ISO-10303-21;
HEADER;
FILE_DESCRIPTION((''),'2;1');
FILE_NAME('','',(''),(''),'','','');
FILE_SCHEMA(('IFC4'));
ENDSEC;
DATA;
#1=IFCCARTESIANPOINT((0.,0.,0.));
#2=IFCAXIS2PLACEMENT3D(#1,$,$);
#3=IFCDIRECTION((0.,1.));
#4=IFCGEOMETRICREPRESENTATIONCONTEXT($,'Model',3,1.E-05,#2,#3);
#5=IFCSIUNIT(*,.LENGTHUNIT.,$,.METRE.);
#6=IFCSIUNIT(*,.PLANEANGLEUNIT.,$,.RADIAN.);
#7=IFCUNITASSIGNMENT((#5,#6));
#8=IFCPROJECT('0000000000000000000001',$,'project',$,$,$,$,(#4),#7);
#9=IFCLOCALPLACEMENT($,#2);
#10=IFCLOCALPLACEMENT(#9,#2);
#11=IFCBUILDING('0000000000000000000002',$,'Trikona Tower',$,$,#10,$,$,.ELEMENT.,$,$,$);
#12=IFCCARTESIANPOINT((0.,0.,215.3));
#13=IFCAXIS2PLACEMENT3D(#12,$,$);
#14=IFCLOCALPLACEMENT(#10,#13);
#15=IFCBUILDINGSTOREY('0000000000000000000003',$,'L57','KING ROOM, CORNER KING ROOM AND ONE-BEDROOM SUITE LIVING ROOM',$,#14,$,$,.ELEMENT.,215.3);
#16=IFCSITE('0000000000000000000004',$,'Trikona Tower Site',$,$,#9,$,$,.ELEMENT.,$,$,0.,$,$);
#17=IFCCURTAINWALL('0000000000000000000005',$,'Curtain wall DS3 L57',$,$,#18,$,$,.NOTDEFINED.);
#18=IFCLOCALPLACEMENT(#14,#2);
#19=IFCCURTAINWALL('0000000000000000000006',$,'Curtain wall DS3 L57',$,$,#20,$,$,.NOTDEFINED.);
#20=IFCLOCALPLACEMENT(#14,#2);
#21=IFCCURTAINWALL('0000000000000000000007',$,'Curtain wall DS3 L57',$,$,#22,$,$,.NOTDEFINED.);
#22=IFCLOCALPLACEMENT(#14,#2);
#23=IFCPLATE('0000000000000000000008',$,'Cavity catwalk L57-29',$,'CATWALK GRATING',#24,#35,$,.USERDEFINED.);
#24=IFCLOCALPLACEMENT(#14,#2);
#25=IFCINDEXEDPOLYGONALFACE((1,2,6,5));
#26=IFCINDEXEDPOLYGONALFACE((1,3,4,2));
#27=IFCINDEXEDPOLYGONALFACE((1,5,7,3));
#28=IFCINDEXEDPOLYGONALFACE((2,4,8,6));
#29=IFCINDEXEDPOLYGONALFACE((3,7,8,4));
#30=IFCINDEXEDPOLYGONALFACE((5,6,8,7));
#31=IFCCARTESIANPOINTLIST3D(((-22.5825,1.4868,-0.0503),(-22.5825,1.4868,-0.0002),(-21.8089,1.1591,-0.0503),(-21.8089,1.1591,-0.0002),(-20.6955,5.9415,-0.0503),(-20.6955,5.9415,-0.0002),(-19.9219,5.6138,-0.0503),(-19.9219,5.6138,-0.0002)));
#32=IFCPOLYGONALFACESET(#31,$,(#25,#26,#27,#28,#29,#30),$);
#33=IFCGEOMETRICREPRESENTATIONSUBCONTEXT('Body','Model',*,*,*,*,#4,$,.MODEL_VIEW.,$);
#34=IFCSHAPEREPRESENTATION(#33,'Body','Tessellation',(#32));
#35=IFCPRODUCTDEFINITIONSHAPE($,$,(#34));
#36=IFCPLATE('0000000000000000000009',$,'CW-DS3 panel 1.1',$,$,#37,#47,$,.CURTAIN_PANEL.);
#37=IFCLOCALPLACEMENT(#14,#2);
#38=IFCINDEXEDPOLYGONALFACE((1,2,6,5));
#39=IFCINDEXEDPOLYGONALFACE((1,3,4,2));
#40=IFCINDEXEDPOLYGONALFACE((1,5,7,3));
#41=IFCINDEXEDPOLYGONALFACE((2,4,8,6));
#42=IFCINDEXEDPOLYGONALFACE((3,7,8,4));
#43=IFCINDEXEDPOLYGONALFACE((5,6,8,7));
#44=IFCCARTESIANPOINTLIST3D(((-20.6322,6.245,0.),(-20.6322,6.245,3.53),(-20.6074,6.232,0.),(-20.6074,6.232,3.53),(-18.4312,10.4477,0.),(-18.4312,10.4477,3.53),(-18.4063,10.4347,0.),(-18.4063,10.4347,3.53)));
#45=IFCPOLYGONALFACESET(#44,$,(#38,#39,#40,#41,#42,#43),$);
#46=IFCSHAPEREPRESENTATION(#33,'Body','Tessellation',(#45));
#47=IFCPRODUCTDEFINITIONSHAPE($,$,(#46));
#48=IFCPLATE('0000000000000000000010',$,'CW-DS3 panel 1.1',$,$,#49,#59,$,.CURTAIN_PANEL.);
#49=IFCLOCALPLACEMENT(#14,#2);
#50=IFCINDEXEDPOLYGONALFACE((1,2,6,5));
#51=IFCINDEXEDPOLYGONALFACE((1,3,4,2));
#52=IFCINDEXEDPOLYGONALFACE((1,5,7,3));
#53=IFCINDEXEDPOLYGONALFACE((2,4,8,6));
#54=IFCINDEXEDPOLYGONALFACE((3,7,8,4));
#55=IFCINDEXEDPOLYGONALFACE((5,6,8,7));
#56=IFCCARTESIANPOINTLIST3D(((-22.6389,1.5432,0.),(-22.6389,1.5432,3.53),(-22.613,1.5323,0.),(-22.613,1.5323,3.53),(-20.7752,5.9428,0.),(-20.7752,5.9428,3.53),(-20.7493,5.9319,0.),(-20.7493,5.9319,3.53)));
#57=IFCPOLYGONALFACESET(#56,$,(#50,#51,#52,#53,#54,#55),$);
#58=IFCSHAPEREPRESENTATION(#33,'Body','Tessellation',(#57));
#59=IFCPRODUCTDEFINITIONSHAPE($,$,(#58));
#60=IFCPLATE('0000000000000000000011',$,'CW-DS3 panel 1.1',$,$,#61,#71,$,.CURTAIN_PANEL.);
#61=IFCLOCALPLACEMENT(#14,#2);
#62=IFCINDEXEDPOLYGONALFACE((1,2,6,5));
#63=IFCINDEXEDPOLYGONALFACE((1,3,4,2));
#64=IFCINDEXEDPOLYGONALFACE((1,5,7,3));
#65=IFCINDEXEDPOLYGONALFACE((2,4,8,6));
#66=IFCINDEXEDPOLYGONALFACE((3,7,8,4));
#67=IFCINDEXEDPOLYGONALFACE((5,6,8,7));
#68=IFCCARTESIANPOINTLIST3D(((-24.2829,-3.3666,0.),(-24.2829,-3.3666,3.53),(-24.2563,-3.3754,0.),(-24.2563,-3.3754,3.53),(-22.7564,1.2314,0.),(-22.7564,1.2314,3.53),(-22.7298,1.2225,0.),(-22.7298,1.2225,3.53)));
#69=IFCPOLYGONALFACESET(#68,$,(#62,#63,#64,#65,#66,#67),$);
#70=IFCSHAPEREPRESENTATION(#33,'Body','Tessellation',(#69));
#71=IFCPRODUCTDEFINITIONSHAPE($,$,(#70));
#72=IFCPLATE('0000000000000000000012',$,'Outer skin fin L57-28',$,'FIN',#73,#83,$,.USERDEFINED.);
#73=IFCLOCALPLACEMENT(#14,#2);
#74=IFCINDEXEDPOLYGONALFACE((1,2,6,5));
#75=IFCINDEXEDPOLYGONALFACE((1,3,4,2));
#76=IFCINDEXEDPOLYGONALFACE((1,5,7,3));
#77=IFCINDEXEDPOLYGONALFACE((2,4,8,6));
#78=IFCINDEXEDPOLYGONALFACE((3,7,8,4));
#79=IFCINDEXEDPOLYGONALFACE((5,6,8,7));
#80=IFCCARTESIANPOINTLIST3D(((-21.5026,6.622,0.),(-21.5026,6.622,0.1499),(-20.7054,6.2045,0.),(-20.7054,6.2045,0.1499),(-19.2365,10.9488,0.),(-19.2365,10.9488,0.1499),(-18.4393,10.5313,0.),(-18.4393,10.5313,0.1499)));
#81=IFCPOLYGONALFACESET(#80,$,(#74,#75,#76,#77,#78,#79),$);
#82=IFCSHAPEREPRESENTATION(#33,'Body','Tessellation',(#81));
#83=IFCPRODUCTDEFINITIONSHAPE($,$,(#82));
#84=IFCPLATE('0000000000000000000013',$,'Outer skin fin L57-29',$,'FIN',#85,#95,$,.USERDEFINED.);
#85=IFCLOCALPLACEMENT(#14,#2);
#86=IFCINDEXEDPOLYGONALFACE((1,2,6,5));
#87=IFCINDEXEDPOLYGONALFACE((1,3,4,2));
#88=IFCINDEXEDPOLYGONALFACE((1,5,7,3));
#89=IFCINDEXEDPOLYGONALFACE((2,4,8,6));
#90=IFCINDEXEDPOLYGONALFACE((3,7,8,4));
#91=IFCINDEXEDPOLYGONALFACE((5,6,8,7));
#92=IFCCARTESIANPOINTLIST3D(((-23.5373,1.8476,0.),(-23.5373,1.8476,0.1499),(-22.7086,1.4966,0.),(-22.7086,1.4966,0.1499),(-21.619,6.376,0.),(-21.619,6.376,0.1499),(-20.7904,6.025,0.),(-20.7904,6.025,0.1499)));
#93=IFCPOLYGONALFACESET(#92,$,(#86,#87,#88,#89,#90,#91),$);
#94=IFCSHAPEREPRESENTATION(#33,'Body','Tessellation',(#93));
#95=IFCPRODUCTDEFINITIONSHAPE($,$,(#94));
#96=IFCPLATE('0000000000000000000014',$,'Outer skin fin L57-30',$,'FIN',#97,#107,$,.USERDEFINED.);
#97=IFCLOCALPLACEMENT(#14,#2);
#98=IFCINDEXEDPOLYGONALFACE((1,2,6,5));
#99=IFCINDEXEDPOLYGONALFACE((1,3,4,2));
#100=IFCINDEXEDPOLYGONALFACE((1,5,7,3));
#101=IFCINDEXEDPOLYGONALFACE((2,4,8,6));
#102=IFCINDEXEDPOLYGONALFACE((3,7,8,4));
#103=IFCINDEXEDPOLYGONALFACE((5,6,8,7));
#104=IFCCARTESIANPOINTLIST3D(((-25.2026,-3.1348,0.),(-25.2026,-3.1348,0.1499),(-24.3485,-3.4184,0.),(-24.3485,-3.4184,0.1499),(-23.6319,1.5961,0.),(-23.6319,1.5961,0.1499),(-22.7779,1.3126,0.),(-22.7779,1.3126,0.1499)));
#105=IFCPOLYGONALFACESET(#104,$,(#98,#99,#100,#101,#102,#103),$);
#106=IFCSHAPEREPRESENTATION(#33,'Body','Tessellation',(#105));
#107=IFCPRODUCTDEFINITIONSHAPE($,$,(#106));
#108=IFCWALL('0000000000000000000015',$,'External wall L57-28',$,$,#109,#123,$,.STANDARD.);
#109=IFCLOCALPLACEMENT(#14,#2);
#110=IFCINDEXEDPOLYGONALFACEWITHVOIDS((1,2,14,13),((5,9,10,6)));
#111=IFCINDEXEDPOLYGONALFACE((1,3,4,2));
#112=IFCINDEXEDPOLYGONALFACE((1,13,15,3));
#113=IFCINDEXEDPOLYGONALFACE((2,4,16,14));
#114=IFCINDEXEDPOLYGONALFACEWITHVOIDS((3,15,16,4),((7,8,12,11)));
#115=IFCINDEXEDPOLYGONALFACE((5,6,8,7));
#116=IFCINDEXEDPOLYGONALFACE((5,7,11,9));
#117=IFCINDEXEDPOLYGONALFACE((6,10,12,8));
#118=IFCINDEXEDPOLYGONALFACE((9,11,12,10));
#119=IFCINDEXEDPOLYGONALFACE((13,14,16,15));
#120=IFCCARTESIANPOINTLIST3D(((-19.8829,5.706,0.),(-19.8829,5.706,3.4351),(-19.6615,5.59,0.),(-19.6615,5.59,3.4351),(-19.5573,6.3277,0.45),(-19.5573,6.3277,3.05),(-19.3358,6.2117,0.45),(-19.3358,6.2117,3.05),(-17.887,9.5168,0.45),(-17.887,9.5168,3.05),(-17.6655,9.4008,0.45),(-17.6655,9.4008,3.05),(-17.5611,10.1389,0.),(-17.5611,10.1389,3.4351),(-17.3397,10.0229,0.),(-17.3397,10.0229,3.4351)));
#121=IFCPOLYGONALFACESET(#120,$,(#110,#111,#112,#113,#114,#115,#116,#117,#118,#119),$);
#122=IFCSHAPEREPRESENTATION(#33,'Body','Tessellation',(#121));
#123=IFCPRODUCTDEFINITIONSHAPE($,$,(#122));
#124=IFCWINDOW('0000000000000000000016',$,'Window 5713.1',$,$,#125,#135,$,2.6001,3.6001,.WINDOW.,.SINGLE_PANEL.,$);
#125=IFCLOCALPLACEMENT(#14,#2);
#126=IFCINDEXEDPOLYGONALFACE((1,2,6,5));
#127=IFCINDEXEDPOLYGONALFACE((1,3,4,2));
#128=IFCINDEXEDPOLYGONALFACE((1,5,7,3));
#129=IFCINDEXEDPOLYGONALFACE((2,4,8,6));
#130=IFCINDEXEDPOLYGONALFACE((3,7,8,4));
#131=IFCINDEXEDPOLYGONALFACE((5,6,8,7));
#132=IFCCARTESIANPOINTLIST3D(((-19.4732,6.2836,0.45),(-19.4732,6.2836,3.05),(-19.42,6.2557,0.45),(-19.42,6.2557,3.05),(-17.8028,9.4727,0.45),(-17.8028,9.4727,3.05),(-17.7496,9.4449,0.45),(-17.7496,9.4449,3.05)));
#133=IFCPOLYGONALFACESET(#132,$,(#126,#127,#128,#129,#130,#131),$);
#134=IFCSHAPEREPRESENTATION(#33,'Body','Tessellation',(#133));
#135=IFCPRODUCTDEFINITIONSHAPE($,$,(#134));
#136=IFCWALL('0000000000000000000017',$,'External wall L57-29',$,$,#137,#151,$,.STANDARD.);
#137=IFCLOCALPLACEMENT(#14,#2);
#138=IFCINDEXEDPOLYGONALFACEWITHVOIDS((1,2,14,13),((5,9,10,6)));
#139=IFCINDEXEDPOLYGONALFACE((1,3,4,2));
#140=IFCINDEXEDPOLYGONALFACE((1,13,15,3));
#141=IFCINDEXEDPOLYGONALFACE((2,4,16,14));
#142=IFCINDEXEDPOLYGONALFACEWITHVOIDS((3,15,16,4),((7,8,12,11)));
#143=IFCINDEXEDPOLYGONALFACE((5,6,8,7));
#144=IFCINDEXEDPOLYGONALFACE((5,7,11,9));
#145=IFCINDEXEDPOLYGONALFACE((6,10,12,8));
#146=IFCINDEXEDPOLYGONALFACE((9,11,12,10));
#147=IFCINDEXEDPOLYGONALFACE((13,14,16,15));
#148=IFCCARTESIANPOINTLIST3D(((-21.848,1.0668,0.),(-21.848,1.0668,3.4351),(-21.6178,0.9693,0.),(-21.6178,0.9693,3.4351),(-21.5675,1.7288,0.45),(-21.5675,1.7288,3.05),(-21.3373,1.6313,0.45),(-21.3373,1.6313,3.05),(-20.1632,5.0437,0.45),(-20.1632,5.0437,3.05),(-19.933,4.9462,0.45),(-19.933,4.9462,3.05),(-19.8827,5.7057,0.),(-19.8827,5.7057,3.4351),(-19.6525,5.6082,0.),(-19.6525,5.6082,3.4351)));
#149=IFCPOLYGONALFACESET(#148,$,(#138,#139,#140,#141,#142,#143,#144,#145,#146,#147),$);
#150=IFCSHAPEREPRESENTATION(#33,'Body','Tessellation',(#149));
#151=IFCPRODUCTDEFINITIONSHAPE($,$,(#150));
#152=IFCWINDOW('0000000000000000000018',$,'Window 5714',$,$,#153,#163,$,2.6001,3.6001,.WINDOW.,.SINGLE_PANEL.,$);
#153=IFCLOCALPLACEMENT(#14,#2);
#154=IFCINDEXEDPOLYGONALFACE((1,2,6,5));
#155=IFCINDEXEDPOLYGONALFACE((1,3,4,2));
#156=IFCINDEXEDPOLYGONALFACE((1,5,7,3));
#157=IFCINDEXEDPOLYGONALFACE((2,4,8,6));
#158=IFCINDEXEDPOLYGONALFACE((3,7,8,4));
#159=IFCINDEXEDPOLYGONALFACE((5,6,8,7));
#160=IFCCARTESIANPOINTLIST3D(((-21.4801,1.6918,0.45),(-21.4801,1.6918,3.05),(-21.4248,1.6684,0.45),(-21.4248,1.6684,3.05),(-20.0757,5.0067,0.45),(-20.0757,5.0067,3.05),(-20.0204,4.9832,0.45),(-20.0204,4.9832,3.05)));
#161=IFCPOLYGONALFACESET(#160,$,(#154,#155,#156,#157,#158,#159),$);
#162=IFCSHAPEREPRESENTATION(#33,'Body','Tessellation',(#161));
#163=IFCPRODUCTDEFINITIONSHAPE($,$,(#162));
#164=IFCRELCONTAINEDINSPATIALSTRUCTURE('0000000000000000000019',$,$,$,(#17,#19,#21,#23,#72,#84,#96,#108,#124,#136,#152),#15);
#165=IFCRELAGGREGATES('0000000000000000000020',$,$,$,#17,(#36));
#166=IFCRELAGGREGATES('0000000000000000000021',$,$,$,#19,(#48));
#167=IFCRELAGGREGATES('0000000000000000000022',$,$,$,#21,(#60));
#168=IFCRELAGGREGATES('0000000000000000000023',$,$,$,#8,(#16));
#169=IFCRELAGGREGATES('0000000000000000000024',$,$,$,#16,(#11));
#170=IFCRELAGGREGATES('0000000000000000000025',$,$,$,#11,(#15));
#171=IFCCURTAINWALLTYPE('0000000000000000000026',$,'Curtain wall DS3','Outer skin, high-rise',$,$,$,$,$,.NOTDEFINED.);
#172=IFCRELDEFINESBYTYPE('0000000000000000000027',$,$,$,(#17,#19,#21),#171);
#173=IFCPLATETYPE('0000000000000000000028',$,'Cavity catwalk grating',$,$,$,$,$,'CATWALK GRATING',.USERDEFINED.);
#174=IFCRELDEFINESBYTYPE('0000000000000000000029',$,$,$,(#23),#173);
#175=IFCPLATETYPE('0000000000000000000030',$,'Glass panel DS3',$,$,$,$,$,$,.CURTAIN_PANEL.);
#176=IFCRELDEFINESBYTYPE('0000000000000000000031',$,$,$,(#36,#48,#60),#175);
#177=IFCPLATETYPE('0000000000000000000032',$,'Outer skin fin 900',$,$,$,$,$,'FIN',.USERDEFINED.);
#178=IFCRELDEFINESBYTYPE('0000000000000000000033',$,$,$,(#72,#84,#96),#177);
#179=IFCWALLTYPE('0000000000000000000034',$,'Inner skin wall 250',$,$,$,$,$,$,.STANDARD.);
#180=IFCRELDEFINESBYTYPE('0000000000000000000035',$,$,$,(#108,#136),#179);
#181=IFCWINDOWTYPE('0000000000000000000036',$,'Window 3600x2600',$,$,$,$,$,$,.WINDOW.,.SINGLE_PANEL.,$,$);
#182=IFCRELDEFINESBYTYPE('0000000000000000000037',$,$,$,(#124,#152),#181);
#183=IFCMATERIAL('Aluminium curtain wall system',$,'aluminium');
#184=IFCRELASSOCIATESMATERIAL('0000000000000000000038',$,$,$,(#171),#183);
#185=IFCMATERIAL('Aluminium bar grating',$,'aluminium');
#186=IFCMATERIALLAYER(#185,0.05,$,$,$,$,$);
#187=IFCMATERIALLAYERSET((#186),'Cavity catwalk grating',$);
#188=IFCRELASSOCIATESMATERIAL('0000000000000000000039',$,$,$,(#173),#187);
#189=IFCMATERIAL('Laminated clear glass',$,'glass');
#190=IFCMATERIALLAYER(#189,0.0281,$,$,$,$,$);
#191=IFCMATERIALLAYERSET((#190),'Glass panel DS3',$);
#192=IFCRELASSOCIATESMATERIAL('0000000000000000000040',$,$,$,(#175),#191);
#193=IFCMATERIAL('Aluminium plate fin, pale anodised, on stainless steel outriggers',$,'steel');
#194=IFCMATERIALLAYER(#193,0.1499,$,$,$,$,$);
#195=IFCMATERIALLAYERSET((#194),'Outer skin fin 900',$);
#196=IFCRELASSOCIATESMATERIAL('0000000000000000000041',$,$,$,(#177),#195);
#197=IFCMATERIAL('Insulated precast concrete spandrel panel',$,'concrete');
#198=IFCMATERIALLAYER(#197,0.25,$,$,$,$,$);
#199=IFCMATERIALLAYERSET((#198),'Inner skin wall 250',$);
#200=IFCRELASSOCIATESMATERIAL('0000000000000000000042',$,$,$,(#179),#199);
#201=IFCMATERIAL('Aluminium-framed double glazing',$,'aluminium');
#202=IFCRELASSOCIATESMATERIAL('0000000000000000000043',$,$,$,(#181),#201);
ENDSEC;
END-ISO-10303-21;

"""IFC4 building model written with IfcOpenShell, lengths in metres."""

from ifc_helpers import new_model, si_unit, direction, frame, frame_2d, origin, origin_2d, place, context, subcontext, project, spatial, rectangle, extrude, material, layer, layer_set, type_object, element, fill, aggregate, save


model = new_model("IFC4")

# Units and contexts
model_context = context("Model", 3, precision=1e-05, world=origin(), true_north=direction((0.0, 1.0)))
body_context = subcontext(model_context, "Body", "Model", "MODEL_VIEW")
ifc_project = project(units=[si_unit("LENGTHUNIT", "METRE"), si_unit("PLANEANGLEUNIT", "RADIAN")], contexts=[model_context])

# Site, building, storey
site_placement = place(None, origin())
site = spatial("IfcSite", under=ifc_project, at=site_placement, Name="Trikona Tower Site", CompositionType="ELEMENT", RefElevation=0.0)
building_placement = place(site_placement, origin())
building = spatial("IfcBuilding", under=site, at=building_placement, Name="Trikona Tower", CompositionType="ELEMENT")
storey_placement = place(building_placement, frame((0.0, 0.0, 215.3)))
storey = spatial("IfcBuildingStorey", under=building, at=storey_placement, Name="L57", Description="KING ROOM, CORNER KING ROOM AND ONE-BEDROOM SUITE LIVING ROOM", CompositionType="ELEMENT", Elevation=215.3)

# Shared definitions
ifc_material_1 = material(Name="Aluminium curtain wall system", Category="aluminium")
curtain_wall_type = type_object("IfcCurtainWallType", Name="Curtain wall DS3", Description="Outer skin, high-rise", PredefinedType="NOTDEFINED", material=ifc_material_1)

# Curtain walls
curtain_wall_1_placement = place(storey_placement, origin())
curtain_wall_1 = element("IfcCurtainWall", 1, at=curtain_wall_1_placement, inside=storey, type_object=curtain_wall_type, Name="Curtain wall DS3 L57", PredefinedType="NOTDEFINED")
curtain_wall_2_placement = place(storey_placement, origin())
curtain_wall_2 = element("IfcCurtainWall", 2, at=curtain_wall_2_placement, inside=storey, type_object=curtain_wall_type, Name="Curtain wall DS3 L57", PredefinedType="NOTDEFINED")

# Curtain wall
curtain_wall_3_placement = place(storey_placement, origin())
curtain_wall_3 = element("IfcCurtainWall", 3, at=curtain_wall_3_placement, inside=storey, type_object=curtain_wall_type, Name="Curtain wall DS3 L57", PredefinedType="NOTDEFINED")

# Plate
ifc_material_2 = material(Name="Aluminium bar grating", Category="aluminium")
ifc_layer_1 = layer(ifc_material_2, 0.05)
ifc_layer_set_1 = layer_set([ifc_layer_1], Name="Cavity catwalk grating")
plate_type_1 = type_object("IfcPlateType", Name="Cavity catwalk grating", ElementType="CATWALK GRATING", PredefinedType="USERDEFINED", material=ifc_layer_set_1)
plate_1_placement = place(storey_placement, frame((-21.2522, 3.5503, -0.0503), z_axis=(0.0, 0.0, 1.0), x_axis=(-0.390051, -0.920793, 0.0)))
element("IfcPlate", 4, at=plate_1_placement, inside=storey, type_object=plate_type_1, Name="Cavity catwalk L57-29", ObjectType="CATWALK GRATING", PredefinedType="USERDEFINED", context=body_context, shape_type="SweptSolid", body=[
    extrude(rectangle(XDim=4.8379, YDim=0.8401, at=origin_2d()), origin(), (0.0, 0.0, 1.0), 0.05),
])

# Plates
ifc_material_3 = material(Name="Laminated clear glass", Category="glass")
ifc_layer_2 = layer(ifc_material_3, 0.0281)
ifc_layer_set_2 = layer_set([ifc_layer_2], Name="Glass panel DS3")
plate_type_2 = type_object("IfcPlateType", Name="Glass panel DS3", PredefinedType="CURTAIN_PANEL", material=ifc_layer_set_2)
plate_2_placement = place(storey_placement, frame((-19.5193, 8.3398, 0.0), z_axis=(0.0, 0.0, 1.0), x_axis=(-0.463948, -0.885862, 0.0)))
plate_2 = element("IfcPlate", 5, at=plate_2_placement, type_object=plate_type_2, Name="CW-DS3 panel 1.1", PredefinedType="CURTAIN_PANEL", context=body_context, shape_type="SweptSolid", body=[
    extrude(rectangle(XDim=4.7441, YDim=0.0281, at=origin_2d()), origin(), (0.0, 0.0, 1.0), 3.53),
])
aggregate(curtain_wall_1, [plate_2])
plate_3_placement = place(storey_placement, frame((-21.6941, 3.7375, 0.0), z_axis=(0.0, 0.0, 1.0), x_axis=(-0.390053, -0.920792, 0.0)))
plate_3 = element("IfcPlate", 6, at=plate_3_placement, type_object=plate_type_2, Name="CW-DS3 panel 1.1", PredefinedType="CURTAIN_PANEL", context=body_context, shape_type="SweptSolid", body=[
    extrude(rectangle(XDim=4.7781, YDim=0.0281, at=origin_2d()), origin(), (0.0, 0.0, 1.0), 3.53),
])
aggregate(curtain_wall_2, [plate_3])
plate_4_placement = place(storey_placement, frame((-23.5063, -1.072, 0.0), z_axis=(0.0, 0.0, 1.0), x_axis=(-0.315078, -0.949066, 0.0)))
plate_4 = element("IfcPlate", 7, at=plate_4_placement, type_object=plate_type_2, Name="CW-DS3 panel 1.1", PredefinedType="CURTAIN_PANEL", context=body_context, shape_type="SweptSolid", body=[
    extrude(rectangle(XDim=4.8447, YDim=0.0281, at=origin_2d()), origin(), (0.0, 0.0, 1.0), 3.53),
])
aggregate(curtain_wall_3, [plate_4])

# Plates
ifc_material_4 = material(Name="Aluminium plate fin, pale anodised, on stainless steel outriggers", Category="steel")
ifc_layer_3 = layer(ifc_material_4, 0.1499)
ifc_layer_set_3 = layer_set([ifc_layer_3], Name="Outer skin fin 900")
plate_type_3 = type_object("IfcPlateType", Name="Outer skin fin 900", ElementType="FIN", PredefinedType="USERDEFINED", material=ifc_layer_set_3)
plate_5_placement = place(storey_placement, frame((-19.9709, 8.5767, 0.0), z_axis=(0.0, 0.0, 1.0), x_axis=(-0.463952, -0.88586, 0.0)))
element("IfcPlate", 8, at=plate_5_placement, inside=storey, type_object=plate_type_3, Name="Outer skin fin L57-28", ObjectType="FIN", PredefinedType="USERDEFINED", context=body_context, shape_type="SweptSolid", body=[
    extrude(rectangle(XDim=4.8843, YDim=0.8999, at=origin_2d()), origin(), (0.0, 0.0, 1.0), 0.1499),
])
plate_6_placement = place(storey_placement, frame((-22.1638, 3.9363, 0.0), z_axis=(0.0, 0.0, 1.0), x_axis=(-0.390051, -0.920793, 0.0)))
element("IfcPlate", 9, at=plate_6_placement, inside=storey, type_object=plate_type_3, Name="Outer skin fin L57-29", ObjectType="FIN", PredefinedType="USERDEFINED", context=body_context, shape_type="SweptSolid", body=[
    extrude(rectangle(XDim=4.918, YDim=0.8999, at=origin_2d()), origin(), (0.0, 0.0, 1.0), 0.1499),
])
plate_7_placement = place(storey_placement, frame((-23.9902, -0.9111, 0.0), z_axis=(0.0, 0.0, 1.0), x_axis=(-0.315093, -0.949061, 0.0)))
element("IfcPlate", 10, at=plate_7_placement, inside=storey, type_object=plate_type_3, Name="Outer skin fin L57-30", ObjectType="FIN", PredefinedType="USERDEFINED", context=body_context, shape_type="SweptSolid", body=[
    extrude(rectangle(XDim=4.9849, YDim=0.8999, at=origin_2d()), origin(), (0.0, 0.0, 1.0), 0.1499),
])

# Walls, openings, windows
ifc_material_5 = material(Name="Insulated precast concrete spandrel panel", Category="concrete")
ifc_layer_4 = layer(ifc_material_5, 0.25)
ifc_layer_set_4 = layer_set([ifc_layer_4], Name="Inner skin wall 250")
wall_type = type_object("IfcWallType", Name="Inner skin wall 250", PredefinedType="STANDARD", material=ifc_layer_set_4)
wall_1_placement = place(storey_placement, frame((-17.4504, 10.0808, 0.0), z_axis=(0.0, 0.0, 1.0), x_axis=(-0.463976, -0.885848, 0.0)))
wall_1 = element("IfcWall", 11, at=wall_1_placement, inside=storey, type_object=wall_type, Name="External wall L57-28", PredefinedType="STANDARD", context=body_context, shape_type="SweptSolid", body=[
    extrude(rectangle(XDim=5.0042, YDim=0.25, at=frame_2d((2.502, 0.0))), origin(), (0.0, 0.0, 1.0), 3.4351),
])
opening_1_placement = place(wall_1_placement, frame((0.7021, 0.0, 0.45)))
opening_1 = element("IfcOpeningElement", 12, at=opening_1_placement, cuts=wall_1, PredefinedType="OPENING", context=body_context, shape_type="SweptSolid", body=[
    extrude(rectangle(XDim=3.6001, YDim=2.6001, at=frame_2d((1.8, 1.3))), frame((0.0, 0.135, 0.0), z_axis=(0.0, -1.0, 0.0), x_axis=(1.0, 0.0, 0.0)), (0.0, 0.0, 1.0), 0.27),
])
ifc_material_6 = material(Name="Aluminium-framed double glazing", Category="aluminium")
window_type = type_object("IfcWindowType", Name="Window 3600x2600", PartitioningType="SINGLE_PANEL", PredefinedType="WINDOW", material=ifc_material_6)
window_1_placement = place(opening_1_placement, origin())
window_1 = element("IfcWindow", 13, at=window_1_placement, inside=storey, type_object=window_type, Name="Window 5713.1", OverallHeight=2.6001, OverallWidth=3.6001, PartitioningType="SINGLE_PANEL", PredefinedType="WINDOW", context=body_context, shape_type="SweptSolid", body=[
    extrude(rectangle(XDim=3.6001, YDim=2.6001, at=frame_2d((1.8, 1.3))), frame((0.0, 0.03, 0.0), z_axis=(0.0, -1.0, 0.0), x_axis=(1.0, 0.0, 0.0)), (0.0, 0.0, 1.0), 0.0601),
])
fill(opening_1, window_1)
wall_2_placement = place(storey_placement, frame((-19.7676, 5.657, 0.0), z_axis=(0.0, 0.0, 1.0), x_axis=(-0.390097, -0.920774, 0.0)))
wall_2 = element("IfcWall", 14, at=wall_2_placement, inside=storey, type_object=wall_type, Name="External wall L57-29", PredefinedType="STANDARD", context=body_context, shape_type="SweptSolid", body=[
    extrude(rectangle(XDim=5.0381, YDim=0.25, at=frame_2d((2.519, 0.0))), origin(), (0.0, 0.0, 1.0), 3.4351),
])
opening_2_placement = place(wall_2_placement, frame((0.719, 0.0, 0.45)))
opening_2 = element("IfcOpeningElement", 15, at=opening_2_placement, cuts=wall_2, PredefinedType="OPENING", context=body_context, shape_type="SweptSolid", body=[
    extrude(rectangle(XDim=3.6001, YDim=2.6001, at=frame_2d((1.8, 1.3))), frame((0.0, 0.135, 0.0), z_axis=(0.0, -1.0, 0.0), x_axis=(1.0, 0.0, 0.0)), (0.0, 0.0, 1.0), 0.27),
])
window_2_placement = place(opening_2_placement, origin())
window_2 = element("IfcWindow", 16, at=window_2_placement, inside=storey, type_object=window_type, Name="Window 5714", OverallHeight=2.6001, OverallWidth=3.6001, PartitioningType="SINGLE_PANEL", PredefinedType="WINDOW", context=body_context, shape_type="SweptSolid", body=[
    extrude(rectangle(XDim=3.6001, YDim=2.6001, at=frame_2d((1.8, 1.3))), frame((0.0, 0.03, 0.0), z_axis=(0.0, -1.0, 0.0), x_axis=(1.0, 0.0, 0.0)), (0.0, 0.0, 1.0), 0.0601),
])
fill(opening_2, window_2)

save(model, "model.ifc")
